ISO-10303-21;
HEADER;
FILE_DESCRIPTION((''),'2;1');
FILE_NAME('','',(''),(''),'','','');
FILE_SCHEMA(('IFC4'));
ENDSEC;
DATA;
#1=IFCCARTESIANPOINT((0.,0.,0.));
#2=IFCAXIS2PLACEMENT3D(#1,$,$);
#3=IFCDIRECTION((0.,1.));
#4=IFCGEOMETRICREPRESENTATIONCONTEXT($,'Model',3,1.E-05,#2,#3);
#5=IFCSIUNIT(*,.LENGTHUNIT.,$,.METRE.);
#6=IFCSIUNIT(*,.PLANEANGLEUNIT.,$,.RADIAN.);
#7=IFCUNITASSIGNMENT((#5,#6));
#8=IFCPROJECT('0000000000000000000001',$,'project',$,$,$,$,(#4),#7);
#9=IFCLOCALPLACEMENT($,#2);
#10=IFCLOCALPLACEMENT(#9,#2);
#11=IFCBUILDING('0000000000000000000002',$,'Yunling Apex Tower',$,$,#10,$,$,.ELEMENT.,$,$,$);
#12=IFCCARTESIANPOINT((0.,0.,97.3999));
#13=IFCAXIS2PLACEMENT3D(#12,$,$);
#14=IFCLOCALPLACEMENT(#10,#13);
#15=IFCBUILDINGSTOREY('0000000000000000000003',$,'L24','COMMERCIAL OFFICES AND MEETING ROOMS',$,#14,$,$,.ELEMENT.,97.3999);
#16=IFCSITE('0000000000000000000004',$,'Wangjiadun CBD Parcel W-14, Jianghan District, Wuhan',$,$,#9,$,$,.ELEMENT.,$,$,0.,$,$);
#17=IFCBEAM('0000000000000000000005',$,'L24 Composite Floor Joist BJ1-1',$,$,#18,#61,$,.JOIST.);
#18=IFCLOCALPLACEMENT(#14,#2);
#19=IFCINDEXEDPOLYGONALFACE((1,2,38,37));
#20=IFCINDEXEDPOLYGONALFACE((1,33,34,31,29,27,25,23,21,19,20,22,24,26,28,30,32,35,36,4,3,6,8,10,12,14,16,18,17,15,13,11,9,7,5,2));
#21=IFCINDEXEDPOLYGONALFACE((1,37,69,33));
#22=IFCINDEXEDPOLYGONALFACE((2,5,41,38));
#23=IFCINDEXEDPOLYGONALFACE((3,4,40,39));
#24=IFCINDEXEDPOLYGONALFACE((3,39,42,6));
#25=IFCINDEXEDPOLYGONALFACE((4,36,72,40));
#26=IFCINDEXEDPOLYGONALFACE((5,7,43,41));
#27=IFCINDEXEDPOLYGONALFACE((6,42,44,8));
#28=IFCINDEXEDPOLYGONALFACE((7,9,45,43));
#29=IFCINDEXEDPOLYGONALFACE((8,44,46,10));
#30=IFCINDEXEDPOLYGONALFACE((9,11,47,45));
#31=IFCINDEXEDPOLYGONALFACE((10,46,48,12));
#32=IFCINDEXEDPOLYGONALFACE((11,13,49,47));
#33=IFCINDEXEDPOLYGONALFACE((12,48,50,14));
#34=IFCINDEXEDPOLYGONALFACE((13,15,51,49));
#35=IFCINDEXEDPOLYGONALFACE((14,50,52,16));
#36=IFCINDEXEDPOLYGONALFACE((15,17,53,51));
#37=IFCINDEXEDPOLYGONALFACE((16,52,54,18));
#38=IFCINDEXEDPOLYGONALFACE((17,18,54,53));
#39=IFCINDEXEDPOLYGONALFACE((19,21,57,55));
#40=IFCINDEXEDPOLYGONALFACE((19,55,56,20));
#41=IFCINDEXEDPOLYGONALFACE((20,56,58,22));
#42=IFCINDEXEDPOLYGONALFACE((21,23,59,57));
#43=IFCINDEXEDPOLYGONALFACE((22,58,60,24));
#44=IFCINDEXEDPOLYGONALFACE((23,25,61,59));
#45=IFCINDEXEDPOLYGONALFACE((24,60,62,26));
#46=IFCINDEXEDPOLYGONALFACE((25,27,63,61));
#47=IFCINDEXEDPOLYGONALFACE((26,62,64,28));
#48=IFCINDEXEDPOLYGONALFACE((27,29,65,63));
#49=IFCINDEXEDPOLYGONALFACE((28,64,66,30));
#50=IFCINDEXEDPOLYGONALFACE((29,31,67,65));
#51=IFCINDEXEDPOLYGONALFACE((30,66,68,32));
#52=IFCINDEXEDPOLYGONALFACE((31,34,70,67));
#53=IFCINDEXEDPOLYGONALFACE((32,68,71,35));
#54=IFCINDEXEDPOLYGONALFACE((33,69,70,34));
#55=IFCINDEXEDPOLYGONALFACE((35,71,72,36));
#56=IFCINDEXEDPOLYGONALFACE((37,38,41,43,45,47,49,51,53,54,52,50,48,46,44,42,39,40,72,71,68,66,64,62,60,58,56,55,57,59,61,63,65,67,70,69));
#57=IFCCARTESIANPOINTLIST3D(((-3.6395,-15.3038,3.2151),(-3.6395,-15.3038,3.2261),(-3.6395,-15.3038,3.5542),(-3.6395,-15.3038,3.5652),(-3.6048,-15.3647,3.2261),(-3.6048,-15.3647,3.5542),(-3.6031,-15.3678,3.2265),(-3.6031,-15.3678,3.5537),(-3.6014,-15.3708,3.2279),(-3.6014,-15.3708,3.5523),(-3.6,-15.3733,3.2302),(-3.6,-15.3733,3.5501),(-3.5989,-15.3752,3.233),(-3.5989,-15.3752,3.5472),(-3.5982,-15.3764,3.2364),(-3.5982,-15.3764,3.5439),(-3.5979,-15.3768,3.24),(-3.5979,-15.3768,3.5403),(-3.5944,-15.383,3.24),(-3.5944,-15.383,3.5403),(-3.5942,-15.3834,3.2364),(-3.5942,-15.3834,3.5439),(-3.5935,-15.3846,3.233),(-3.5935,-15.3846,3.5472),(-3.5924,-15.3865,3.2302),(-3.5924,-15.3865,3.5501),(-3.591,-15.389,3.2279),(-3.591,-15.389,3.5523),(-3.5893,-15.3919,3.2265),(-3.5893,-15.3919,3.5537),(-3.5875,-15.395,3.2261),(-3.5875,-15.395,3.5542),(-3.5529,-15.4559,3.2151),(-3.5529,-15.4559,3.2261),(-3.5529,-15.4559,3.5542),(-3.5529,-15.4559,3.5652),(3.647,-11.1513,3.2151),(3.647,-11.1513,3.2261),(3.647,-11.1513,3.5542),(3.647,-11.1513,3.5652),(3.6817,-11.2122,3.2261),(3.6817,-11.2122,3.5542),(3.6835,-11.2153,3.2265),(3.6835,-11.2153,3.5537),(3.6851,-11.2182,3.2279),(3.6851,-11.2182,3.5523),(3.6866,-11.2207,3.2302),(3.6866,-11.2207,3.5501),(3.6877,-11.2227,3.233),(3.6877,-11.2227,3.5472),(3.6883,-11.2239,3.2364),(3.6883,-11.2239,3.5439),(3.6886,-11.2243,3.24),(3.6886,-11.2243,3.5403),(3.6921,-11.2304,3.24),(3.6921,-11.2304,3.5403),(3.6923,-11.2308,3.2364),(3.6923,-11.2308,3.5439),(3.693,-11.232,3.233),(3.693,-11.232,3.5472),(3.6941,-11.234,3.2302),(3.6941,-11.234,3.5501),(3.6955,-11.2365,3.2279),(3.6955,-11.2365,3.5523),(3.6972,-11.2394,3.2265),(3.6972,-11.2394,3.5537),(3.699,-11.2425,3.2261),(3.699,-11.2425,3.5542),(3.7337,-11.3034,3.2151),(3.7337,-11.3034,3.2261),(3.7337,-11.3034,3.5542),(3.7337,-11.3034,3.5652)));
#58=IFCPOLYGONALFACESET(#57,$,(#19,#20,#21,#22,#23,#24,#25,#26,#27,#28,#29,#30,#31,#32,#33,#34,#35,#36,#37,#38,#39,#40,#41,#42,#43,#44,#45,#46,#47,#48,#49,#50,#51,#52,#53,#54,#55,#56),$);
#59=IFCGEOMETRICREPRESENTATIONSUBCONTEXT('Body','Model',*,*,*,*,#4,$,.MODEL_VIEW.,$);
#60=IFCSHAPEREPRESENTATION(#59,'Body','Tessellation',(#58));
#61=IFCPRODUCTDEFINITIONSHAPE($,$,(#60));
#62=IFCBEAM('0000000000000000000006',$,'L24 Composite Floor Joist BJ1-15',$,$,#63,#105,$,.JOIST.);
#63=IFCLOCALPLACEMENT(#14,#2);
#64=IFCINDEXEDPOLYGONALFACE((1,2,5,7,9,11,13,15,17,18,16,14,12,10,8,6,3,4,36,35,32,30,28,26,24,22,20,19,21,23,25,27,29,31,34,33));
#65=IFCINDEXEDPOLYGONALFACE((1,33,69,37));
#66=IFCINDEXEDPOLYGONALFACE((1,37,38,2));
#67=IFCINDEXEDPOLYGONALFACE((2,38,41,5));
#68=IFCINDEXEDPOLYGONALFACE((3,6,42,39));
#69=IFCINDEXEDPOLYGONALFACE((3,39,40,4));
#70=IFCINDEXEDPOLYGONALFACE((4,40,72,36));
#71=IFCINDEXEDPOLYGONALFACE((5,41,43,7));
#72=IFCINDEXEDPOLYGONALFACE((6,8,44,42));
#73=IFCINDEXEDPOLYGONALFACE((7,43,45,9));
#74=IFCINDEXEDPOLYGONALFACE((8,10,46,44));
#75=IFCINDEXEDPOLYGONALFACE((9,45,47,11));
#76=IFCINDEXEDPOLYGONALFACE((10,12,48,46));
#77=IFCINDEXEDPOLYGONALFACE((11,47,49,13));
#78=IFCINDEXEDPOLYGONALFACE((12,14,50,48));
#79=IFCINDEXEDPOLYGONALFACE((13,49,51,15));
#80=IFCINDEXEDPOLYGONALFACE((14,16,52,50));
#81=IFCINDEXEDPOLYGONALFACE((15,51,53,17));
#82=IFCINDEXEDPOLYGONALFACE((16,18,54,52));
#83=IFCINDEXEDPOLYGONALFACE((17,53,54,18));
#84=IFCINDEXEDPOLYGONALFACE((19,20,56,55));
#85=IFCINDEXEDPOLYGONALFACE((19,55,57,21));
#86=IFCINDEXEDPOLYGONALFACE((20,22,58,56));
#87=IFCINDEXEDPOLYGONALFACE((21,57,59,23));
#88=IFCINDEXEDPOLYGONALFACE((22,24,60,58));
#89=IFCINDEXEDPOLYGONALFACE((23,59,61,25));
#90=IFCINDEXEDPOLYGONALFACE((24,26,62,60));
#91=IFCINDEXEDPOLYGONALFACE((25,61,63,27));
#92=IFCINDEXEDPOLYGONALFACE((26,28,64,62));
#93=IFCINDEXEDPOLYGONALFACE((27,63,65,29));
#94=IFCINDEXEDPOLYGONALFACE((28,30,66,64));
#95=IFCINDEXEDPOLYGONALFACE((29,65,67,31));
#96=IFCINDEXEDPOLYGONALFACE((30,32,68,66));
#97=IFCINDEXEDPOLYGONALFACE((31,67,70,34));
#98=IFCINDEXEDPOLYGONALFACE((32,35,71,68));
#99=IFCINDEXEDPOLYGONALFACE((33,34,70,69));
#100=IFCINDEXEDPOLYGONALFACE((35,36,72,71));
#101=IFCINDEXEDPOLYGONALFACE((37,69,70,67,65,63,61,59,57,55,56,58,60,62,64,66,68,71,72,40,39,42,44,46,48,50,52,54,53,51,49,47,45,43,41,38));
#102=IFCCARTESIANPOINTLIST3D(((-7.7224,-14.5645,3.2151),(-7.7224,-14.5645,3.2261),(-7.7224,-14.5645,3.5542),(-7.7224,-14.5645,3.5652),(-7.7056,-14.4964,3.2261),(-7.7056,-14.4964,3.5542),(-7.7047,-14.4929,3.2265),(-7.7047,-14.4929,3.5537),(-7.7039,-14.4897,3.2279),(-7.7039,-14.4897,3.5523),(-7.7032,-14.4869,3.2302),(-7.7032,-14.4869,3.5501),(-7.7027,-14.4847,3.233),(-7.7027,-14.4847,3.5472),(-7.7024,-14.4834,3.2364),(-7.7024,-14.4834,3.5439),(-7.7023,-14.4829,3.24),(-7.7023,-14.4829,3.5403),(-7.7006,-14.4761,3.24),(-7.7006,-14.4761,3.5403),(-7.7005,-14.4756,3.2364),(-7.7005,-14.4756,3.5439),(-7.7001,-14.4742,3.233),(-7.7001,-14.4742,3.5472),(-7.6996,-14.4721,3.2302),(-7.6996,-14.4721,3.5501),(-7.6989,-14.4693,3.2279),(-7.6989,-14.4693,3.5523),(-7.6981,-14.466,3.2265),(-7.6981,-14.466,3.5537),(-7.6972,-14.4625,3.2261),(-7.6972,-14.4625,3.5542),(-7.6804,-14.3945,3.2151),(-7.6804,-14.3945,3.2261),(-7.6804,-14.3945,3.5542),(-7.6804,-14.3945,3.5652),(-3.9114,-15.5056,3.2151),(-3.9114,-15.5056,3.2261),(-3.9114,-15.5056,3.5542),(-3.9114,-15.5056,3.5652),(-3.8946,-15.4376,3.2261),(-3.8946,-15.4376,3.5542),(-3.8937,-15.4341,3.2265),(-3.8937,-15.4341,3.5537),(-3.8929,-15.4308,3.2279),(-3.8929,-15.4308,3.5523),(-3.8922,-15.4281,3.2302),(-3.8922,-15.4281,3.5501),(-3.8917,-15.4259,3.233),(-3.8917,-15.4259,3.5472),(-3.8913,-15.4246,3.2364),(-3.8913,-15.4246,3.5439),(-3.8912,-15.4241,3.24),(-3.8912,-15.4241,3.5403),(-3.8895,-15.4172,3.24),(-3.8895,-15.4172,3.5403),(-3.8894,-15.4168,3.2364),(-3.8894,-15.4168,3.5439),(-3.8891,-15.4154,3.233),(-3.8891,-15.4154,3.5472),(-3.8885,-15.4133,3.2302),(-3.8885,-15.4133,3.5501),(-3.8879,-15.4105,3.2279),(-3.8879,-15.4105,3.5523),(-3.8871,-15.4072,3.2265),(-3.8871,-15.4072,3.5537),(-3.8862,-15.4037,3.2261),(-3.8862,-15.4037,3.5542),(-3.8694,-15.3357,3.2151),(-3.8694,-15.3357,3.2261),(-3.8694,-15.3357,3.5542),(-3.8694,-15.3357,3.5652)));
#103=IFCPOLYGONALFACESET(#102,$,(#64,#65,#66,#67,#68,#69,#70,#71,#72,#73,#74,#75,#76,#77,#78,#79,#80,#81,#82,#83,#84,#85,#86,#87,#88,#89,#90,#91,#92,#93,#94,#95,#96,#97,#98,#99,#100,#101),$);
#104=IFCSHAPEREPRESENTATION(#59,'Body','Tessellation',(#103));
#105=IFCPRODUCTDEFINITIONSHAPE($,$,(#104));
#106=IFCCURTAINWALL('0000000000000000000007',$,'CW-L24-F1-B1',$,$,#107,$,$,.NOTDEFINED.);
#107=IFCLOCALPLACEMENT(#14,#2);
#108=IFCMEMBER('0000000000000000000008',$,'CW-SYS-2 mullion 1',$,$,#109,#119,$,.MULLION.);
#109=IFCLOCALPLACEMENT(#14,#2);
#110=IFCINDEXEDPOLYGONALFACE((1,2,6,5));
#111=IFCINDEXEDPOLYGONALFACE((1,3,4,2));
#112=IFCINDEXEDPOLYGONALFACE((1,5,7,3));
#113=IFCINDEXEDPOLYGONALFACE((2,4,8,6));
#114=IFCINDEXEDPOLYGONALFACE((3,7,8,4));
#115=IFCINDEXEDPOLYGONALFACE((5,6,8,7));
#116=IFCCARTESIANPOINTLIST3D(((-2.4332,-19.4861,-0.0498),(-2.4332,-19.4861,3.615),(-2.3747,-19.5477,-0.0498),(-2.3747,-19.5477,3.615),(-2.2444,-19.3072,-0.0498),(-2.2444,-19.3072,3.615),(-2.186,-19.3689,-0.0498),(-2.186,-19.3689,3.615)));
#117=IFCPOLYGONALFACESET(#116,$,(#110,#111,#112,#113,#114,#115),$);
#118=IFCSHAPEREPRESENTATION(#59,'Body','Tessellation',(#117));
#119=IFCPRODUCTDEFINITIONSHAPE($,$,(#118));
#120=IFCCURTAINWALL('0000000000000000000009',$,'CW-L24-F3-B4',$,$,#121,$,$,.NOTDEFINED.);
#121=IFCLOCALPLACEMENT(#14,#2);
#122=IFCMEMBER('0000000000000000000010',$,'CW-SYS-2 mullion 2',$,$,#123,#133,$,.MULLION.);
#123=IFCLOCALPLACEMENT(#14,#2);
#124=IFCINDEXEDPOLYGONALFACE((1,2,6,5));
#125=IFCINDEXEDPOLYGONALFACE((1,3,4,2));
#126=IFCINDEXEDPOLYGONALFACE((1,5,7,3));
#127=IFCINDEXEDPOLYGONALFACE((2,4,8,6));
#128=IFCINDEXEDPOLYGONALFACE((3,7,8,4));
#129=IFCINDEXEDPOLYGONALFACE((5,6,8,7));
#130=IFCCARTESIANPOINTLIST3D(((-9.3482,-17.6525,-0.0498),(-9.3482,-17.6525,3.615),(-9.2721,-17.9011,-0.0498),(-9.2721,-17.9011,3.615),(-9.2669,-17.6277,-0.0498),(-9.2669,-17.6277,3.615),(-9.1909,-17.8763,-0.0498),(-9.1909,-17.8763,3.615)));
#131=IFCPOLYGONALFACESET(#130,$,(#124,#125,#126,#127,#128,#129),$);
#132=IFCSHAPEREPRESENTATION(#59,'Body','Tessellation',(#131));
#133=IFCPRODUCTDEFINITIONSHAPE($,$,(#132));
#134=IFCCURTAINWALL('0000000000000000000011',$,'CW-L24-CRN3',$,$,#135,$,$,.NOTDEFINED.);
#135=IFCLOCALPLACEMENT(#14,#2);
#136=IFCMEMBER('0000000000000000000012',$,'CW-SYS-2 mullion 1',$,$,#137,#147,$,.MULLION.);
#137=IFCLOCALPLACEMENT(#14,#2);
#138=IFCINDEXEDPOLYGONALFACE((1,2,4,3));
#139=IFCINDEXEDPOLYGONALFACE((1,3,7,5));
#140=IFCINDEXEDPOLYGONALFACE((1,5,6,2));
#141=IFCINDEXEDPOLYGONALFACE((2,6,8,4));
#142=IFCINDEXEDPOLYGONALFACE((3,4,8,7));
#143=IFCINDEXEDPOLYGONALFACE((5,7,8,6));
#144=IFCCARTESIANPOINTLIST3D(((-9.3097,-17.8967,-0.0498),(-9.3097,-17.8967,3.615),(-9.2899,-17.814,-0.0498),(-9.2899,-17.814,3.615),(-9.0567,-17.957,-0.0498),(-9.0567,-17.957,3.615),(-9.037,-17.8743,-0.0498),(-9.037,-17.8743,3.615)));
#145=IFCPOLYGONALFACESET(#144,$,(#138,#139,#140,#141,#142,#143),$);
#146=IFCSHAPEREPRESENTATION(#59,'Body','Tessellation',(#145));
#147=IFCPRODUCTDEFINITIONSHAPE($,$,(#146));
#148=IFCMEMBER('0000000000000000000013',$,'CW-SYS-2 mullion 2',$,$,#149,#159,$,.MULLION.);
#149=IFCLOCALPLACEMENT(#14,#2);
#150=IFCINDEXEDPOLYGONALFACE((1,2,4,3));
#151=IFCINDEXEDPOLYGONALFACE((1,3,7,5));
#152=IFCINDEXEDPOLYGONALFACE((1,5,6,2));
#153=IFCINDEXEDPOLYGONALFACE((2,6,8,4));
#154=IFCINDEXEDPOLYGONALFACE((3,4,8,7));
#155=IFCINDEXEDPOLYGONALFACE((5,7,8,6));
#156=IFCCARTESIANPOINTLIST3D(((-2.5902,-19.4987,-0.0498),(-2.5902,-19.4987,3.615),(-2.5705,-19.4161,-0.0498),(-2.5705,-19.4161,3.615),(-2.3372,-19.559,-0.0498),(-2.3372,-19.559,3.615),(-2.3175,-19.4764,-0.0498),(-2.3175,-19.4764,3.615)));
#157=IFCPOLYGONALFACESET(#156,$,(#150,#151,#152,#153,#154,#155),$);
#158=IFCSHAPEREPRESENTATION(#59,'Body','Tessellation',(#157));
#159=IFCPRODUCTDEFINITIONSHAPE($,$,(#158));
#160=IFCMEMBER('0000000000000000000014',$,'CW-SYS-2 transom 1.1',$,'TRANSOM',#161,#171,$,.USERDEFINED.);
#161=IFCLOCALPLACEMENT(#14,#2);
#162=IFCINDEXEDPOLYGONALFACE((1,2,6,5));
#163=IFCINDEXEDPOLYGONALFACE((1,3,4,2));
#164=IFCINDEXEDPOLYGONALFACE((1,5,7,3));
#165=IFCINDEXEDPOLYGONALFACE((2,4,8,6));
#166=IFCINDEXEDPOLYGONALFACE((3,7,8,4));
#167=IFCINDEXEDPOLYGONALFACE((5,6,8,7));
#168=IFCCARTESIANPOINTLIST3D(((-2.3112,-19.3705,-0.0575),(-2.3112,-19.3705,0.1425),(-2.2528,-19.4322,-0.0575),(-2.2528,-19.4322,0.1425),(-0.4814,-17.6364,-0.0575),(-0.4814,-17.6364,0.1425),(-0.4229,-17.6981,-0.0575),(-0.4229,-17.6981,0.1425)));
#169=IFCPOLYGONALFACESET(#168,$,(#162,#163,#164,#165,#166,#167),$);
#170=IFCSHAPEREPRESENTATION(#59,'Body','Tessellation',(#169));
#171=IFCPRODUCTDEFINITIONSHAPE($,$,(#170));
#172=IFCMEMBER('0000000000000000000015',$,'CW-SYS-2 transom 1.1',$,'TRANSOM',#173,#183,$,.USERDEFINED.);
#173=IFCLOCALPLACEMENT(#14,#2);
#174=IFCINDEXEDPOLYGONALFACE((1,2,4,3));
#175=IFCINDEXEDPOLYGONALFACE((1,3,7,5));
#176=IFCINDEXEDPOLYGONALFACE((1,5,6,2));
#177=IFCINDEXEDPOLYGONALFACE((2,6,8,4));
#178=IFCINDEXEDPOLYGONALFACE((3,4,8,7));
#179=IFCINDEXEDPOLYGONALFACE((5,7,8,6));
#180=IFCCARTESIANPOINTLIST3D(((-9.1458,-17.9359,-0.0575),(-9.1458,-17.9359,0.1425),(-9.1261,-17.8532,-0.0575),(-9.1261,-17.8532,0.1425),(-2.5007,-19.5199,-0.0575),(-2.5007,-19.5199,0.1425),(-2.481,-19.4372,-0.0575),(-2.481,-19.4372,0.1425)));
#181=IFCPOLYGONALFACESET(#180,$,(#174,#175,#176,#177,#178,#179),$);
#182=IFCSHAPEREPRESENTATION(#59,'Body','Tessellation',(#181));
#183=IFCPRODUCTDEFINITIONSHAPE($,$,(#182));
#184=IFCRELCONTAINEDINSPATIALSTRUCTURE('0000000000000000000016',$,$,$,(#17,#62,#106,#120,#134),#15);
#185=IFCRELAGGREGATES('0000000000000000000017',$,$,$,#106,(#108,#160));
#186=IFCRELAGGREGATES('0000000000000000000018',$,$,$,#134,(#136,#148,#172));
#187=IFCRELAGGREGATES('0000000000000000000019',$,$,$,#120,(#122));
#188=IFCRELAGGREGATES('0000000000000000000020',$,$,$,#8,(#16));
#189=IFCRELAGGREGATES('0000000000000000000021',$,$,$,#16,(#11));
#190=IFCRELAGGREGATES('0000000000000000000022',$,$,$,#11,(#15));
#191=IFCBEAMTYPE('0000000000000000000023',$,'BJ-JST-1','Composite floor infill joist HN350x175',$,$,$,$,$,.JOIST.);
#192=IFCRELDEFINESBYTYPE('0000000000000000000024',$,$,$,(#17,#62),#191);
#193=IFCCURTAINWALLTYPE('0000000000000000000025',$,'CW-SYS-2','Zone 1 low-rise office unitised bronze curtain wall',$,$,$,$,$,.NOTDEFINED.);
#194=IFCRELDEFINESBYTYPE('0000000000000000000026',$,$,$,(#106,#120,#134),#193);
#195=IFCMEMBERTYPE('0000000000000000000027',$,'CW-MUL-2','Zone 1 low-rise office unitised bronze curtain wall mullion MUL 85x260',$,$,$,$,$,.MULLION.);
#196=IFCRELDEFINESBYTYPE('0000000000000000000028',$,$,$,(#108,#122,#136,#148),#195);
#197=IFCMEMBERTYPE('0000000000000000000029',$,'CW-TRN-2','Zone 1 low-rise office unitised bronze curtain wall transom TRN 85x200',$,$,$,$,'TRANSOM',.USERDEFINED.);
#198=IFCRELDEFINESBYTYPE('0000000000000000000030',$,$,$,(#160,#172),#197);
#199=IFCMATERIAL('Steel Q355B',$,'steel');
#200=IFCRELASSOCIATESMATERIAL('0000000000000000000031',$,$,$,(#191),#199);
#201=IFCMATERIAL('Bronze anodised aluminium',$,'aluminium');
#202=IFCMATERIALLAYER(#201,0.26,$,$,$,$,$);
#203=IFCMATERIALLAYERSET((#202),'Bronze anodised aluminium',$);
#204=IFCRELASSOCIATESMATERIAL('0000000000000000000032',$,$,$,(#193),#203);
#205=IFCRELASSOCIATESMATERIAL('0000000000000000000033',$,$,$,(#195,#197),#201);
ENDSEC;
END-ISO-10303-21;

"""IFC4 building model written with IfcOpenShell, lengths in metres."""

from ifc_helpers import new_model, si_unit, direction, frame, origin, origin_2d, place, context, subcontext, project, spatial, rectangle, i_section, extrude, source, transform, mapped, material, layer, layer_set, material_profile, profile_set, type_object, element, aggregate, save


model = new_model("IFC4")

# Units and contexts
model_context = context("Model", 3, precision=1e-05, world=origin(), true_north=direction((0.0, 1.0)))
body_context = subcontext(model_context, "Body", "Model", "MODEL_VIEW")
ifc_project = project(units=[si_unit("LENGTHUNIT", "METRE"), si_unit("PLANEANGLEUNIT", "RADIAN")], contexts=[model_context])

# Site, building, storey
site_placement = place(None, origin())
site = spatial("IfcSite", under=ifc_project, at=site_placement, Name="Wangjiadun CBD Parcel W-14, Jianghan District, Wuhan", CompositionType="ELEMENT", RefElevation=0.0)
building_placement = place(site_placement, origin())
building = spatial("IfcBuilding", under=site, at=building_placement, Name="Yunling Apex Tower", CompositionType="ELEMENT")
storey_placement = place(building_placement, frame((0.0, 0.0, 97.3999)))
storey = spatial("IfcBuildingStorey", under=building, at=storey_placement, Name="L24", Description="COMMERCIAL OFFICES AND MEETING ROOMS", CompositionType="ELEMENT", Elevation=97.3999)

# Beams
ifc_material_1 = material(Name="Steel Q355B", Category="steel")
ifc_material_profile_1 = material_profile(ifc_material_1, i_section(OverallWidth=0.175, OverallDepth=0.3501, WebThickness=0.0071, FlangeThickness=0.011, FilletRadius=0.0139, at=origin_2d()))
ifc_profile_set_1 = profile_set([ifc_material_profile_1], Name="Steel Q355B")
beam_type_1 = type_object("IfcBeamType", Name="BJ-JST-1", Description="Composite floor infill joist HN350x175", PredefinedType="JOIST", material=ifc_profile_set_1)
shared_shape_1 = source(origin(), body_context, "Body", "SweptSolid", [
    extrude(i_section(OverallWidth=0.175, OverallDepth=0.3501, WebThickness=0.0071, FlangeThickness=0.011, FilletRadius=0.0139, at=origin_2d()), origin(), (0.0, 0.0, 1.0), 8.3867),
])
beam_1_placement = place(storey_placement, frame((-3.5962, -15.3799, 3.3901), z_axis=(0.868818, 0.495132, 0.0), x_axis=(-0.495132, 0.868818, 0.0)))
element("IfcBeam", 1, at=beam_1_placement, inside=storey, type_object=beam_type_1, Name="L24 Composite Floor Joist BJ1-1", PredefinedType="JOIST", context=body_context, shape_type="MappedRepresentation", body=[
    mapped(shared_shape_1, transform((0.0, 0.0, 0.0), scale=1.0)),
])
shared_shape_2 = source(origin(), body_context, "Body", "SweptSolid", [
    extrude(i_section(OverallWidth=0.175, OverallDepth=0.3501, WebThickness=0.0071, FlangeThickness=0.011, FilletRadius=0.0139, at=origin_2d()), origin(), (0.0, 0.0, 1.0), 3.9255),
])
beam_2_placement = place(storey_placement, frame((-7.7014, -14.4795, 3.3901), z_axis=(0.970834, -0.239754, 0.0), x_axis=(0.239754, 0.970834, 0.0)))
element("IfcBeam", 2, at=beam_2_placement, inside=storey, type_object=beam_type_1, Name="L24 Composite Floor Joist BJ1-15", PredefinedType="JOIST", context=body_context, shape_type="MappedRepresentation", body=[
    mapped(shared_shape_2, transform((0.0, 0.0, 0.0), scale=1.0)),
])

# Curtain walls, members
ifc_material_2 = material(Name="Bronze anodised aluminium", Category="aluminium")
ifc_layer_1 = layer(ifc_material_2, 0.26)
ifc_layer_set_1 = layer_set([ifc_layer_1], Name="Bronze anodised aluminium")
curtain_wall_type = type_object("IfcCurtainWallType", Name="CW-SYS-2", Description="Zone 1 low-rise office unitised bronze curtain wall", PredefinedType="NOTDEFINED", material=ifc_layer_set_1)
curtain_wall_1_placement = place(storey_placement, origin())
curtain_wall_1 = element("IfcCurtainWall", 3, at=curtain_wall_1_placement, inside=storey, type_object=curtain_wall_type, Name="CW-L24-F1-B1", PredefinedType="NOTDEFINED")
ifc_material_profile_2 = material_profile(ifc_material_2, rectangle(XDim=0.085, YDim=0.26, at=origin_2d()))
ifc_profile_set_2 = profile_set([ifc_material_profile_2], Name="Bronze anodised aluminium")
member_type_1 = type_object("IfcMemberType", Name="CW-MUL-2", Description="Zone 1 low-rise office unitised bronze curtain wall mullion MUL 85x260", PredefinedType="MULLION", material=ifc_profile_set_2)
shared_shape_3 = source(origin(), body_context, "Body", "SweptSolid", [
    extrude(rectangle(XDim=0.085, YDim=0.26, at=origin_2d()), origin(), (0.0, 0.0, 1.0), 3.6648),
])
member_1_placement = place(storey_placement, frame((-2.3096, -19.4275, -0.0498), z_axis=(0.0, 0.0, 1.0), x_axis=(-0.687861, 0.725842, 0.0)))
member_1 = element("IfcMember", 4, at=member_1_placement, type_object=member_type_1, Name="CW-SYS-2 mullion 1", PredefinedType="MULLION", context=body_context, shape_type="MappedRepresentation", body=[
    mapped(shared_shape_3, transform((0.0, 0.0, 0.0), scale=1.0)),
])
curtain_wall_2_placement = place(storey_placement, origin())
curtain_wall_2 = element("IfcCurtainWall", 5, at=curtain_wall_2_placement, inside=storey, type_object=curtain_wall_type, Name="CW-L24-F3-B4", PredefinedType="NOTDEFINED")
member_2_placement = place(storey_placement, frame((-9.2695, -17.7644, -0.0498), z_axis=(0.0, 0.0, 1.0), x_axis=(0.956304, 0.292373, 0.0)))
member_2 = element("IfcMember", 6, at=member_2_placement, type_object=member_type_1, Name="CW-SYS-2 mullion 2", PredefinedType="MULLION", context=body_context, shape_type="MappedRepresentation", body=[
    mapped(shared_shape_3, transform((0.0, 0.0, 0.0), scale=1.0)),
])

# Curtain wall, members
curtain_wall_3_placement = place(storey_placement, origin())
curtain_wall_3 = element("IfcCurtainWall", 7, at=curtain_wall_3_placement, inside=storey, type_object=curtain_wall_type, Name="CW-L24-CRN3", PredefinedType="NOTDEFINED")
member_3_placement = place(storey_placement, frame((-9.1733, -17.8855, -0.0498), z_axis=(0.0, 0.0, 1.0), x_axis=(0.231895, 0.972741, 0.0)))
member_3 = element("IfcMember", 8, at=member_3_placement, type_object=member_type_1, Name="CW-SYS-2 mullion 1", PredefinedType="MULLION", context=body_context, shape_type="MappedRepresentation", body=[
    mapped(shared_shape_3, transform((0.0, 0.0, 0.0), scale=1.0)),
])
member_4_placement = place(storey_placement, frame((-2.4539, -19.4875, -0.0498), z_axis=(0.0, 0.0, 1.0), x_axis=(0.231895, 0.972741, 0.0)))
member_4 = element("IfcMember", 9, at=member_4_placement, type_object=member_type_1, Name="CW-SYS-2 mullion 2", PredefinedType="MULLION", context=body_context, shape_type="MappedRepresentation", body=[
    mapped(shared_shape_3, transform((0.0, 0.0, 0.0), scale=1.0)),
])

# Members
ifc_material_profile_3 = material_profile(ifc_material_2, rectangle(XDim=0.085, YDim=0.2, at=origin_2d()))
ifc_profile_set_3 = profile_set([ifc_material_profile_3], Name="Bronze anodised aluminium")
member_type_2 = type_object("IfcMemberType", Name="CW-TRN-2", Description="Zone 1 low-rise office unitised bronze curtain wall transom TRN 85x200", ElementType="TRANSOM", PredefinedType="USERDEFINED", material=ifc_profile_set_3)
shared_shape_4 = source(origin(), body_context, "Body", "SweptSolid", [
    extrude(rectangle(XDim=0.085, YDim=0.2, at=origin_2d()), origin(), (0.0, 0.0, 1.0), 2.521),
])
member_5_placement = place(storey_placement, frame((-2.282, -19.4014, 0.0425), z_axis=(0.725833, 0.687871, 0.0), x_axis=(-0.687871, 0.725833, 0.0)))
member_5 = element("IfcMember", 10, at=member_5_placement, type_object=member_type_2, Name="CW-SYS-2 transom 1.1", ObjectType="TRANSOM", PredefinedType="USERDEFINED", context=body_context, shape_type="MappedRepresentation", body=[
    mapped(shared_shape_4, transform((0.0, 0.0, 0.0), scale=1.0)),
])
aggregate(curtain_wall_1, [member_1, member_5])
shared_shape_5 = source(origin(), body_context, "Body", "SweptSolid", [
    extrude(rectangle(XDim=0.085, YDim=0.2, at=origin_2d()), origin(), (0.0, 0.0, 1.0), 6.8313),
])
member_6_placement = place(storey_placement, frame((-9.136, -17.8945, 0.0425), z_axis=(0.972746, -0.231875, 0.0), x_axis=(0.231875, 0.972746, 0.0)))
member_6 = element("IfcMember", 11, at=member_6_placement, type_object=member_type_2, Name="CW-SYS-2 transom 1.1", ObjectType="TRANSOM", PredefinedType="USERDEFINED", context=body_context, shape_type="MappedRepresentation", body=[
    mapped(shared_shape_5, transform((0.0, 0.0, 0.0), scale=1.0)),
])

aggregate(curtain_wall_3, [member_3, member_4, member_6])
aggregate(curtain_wall_2, [member_2])

save(model, "model.ifc")
